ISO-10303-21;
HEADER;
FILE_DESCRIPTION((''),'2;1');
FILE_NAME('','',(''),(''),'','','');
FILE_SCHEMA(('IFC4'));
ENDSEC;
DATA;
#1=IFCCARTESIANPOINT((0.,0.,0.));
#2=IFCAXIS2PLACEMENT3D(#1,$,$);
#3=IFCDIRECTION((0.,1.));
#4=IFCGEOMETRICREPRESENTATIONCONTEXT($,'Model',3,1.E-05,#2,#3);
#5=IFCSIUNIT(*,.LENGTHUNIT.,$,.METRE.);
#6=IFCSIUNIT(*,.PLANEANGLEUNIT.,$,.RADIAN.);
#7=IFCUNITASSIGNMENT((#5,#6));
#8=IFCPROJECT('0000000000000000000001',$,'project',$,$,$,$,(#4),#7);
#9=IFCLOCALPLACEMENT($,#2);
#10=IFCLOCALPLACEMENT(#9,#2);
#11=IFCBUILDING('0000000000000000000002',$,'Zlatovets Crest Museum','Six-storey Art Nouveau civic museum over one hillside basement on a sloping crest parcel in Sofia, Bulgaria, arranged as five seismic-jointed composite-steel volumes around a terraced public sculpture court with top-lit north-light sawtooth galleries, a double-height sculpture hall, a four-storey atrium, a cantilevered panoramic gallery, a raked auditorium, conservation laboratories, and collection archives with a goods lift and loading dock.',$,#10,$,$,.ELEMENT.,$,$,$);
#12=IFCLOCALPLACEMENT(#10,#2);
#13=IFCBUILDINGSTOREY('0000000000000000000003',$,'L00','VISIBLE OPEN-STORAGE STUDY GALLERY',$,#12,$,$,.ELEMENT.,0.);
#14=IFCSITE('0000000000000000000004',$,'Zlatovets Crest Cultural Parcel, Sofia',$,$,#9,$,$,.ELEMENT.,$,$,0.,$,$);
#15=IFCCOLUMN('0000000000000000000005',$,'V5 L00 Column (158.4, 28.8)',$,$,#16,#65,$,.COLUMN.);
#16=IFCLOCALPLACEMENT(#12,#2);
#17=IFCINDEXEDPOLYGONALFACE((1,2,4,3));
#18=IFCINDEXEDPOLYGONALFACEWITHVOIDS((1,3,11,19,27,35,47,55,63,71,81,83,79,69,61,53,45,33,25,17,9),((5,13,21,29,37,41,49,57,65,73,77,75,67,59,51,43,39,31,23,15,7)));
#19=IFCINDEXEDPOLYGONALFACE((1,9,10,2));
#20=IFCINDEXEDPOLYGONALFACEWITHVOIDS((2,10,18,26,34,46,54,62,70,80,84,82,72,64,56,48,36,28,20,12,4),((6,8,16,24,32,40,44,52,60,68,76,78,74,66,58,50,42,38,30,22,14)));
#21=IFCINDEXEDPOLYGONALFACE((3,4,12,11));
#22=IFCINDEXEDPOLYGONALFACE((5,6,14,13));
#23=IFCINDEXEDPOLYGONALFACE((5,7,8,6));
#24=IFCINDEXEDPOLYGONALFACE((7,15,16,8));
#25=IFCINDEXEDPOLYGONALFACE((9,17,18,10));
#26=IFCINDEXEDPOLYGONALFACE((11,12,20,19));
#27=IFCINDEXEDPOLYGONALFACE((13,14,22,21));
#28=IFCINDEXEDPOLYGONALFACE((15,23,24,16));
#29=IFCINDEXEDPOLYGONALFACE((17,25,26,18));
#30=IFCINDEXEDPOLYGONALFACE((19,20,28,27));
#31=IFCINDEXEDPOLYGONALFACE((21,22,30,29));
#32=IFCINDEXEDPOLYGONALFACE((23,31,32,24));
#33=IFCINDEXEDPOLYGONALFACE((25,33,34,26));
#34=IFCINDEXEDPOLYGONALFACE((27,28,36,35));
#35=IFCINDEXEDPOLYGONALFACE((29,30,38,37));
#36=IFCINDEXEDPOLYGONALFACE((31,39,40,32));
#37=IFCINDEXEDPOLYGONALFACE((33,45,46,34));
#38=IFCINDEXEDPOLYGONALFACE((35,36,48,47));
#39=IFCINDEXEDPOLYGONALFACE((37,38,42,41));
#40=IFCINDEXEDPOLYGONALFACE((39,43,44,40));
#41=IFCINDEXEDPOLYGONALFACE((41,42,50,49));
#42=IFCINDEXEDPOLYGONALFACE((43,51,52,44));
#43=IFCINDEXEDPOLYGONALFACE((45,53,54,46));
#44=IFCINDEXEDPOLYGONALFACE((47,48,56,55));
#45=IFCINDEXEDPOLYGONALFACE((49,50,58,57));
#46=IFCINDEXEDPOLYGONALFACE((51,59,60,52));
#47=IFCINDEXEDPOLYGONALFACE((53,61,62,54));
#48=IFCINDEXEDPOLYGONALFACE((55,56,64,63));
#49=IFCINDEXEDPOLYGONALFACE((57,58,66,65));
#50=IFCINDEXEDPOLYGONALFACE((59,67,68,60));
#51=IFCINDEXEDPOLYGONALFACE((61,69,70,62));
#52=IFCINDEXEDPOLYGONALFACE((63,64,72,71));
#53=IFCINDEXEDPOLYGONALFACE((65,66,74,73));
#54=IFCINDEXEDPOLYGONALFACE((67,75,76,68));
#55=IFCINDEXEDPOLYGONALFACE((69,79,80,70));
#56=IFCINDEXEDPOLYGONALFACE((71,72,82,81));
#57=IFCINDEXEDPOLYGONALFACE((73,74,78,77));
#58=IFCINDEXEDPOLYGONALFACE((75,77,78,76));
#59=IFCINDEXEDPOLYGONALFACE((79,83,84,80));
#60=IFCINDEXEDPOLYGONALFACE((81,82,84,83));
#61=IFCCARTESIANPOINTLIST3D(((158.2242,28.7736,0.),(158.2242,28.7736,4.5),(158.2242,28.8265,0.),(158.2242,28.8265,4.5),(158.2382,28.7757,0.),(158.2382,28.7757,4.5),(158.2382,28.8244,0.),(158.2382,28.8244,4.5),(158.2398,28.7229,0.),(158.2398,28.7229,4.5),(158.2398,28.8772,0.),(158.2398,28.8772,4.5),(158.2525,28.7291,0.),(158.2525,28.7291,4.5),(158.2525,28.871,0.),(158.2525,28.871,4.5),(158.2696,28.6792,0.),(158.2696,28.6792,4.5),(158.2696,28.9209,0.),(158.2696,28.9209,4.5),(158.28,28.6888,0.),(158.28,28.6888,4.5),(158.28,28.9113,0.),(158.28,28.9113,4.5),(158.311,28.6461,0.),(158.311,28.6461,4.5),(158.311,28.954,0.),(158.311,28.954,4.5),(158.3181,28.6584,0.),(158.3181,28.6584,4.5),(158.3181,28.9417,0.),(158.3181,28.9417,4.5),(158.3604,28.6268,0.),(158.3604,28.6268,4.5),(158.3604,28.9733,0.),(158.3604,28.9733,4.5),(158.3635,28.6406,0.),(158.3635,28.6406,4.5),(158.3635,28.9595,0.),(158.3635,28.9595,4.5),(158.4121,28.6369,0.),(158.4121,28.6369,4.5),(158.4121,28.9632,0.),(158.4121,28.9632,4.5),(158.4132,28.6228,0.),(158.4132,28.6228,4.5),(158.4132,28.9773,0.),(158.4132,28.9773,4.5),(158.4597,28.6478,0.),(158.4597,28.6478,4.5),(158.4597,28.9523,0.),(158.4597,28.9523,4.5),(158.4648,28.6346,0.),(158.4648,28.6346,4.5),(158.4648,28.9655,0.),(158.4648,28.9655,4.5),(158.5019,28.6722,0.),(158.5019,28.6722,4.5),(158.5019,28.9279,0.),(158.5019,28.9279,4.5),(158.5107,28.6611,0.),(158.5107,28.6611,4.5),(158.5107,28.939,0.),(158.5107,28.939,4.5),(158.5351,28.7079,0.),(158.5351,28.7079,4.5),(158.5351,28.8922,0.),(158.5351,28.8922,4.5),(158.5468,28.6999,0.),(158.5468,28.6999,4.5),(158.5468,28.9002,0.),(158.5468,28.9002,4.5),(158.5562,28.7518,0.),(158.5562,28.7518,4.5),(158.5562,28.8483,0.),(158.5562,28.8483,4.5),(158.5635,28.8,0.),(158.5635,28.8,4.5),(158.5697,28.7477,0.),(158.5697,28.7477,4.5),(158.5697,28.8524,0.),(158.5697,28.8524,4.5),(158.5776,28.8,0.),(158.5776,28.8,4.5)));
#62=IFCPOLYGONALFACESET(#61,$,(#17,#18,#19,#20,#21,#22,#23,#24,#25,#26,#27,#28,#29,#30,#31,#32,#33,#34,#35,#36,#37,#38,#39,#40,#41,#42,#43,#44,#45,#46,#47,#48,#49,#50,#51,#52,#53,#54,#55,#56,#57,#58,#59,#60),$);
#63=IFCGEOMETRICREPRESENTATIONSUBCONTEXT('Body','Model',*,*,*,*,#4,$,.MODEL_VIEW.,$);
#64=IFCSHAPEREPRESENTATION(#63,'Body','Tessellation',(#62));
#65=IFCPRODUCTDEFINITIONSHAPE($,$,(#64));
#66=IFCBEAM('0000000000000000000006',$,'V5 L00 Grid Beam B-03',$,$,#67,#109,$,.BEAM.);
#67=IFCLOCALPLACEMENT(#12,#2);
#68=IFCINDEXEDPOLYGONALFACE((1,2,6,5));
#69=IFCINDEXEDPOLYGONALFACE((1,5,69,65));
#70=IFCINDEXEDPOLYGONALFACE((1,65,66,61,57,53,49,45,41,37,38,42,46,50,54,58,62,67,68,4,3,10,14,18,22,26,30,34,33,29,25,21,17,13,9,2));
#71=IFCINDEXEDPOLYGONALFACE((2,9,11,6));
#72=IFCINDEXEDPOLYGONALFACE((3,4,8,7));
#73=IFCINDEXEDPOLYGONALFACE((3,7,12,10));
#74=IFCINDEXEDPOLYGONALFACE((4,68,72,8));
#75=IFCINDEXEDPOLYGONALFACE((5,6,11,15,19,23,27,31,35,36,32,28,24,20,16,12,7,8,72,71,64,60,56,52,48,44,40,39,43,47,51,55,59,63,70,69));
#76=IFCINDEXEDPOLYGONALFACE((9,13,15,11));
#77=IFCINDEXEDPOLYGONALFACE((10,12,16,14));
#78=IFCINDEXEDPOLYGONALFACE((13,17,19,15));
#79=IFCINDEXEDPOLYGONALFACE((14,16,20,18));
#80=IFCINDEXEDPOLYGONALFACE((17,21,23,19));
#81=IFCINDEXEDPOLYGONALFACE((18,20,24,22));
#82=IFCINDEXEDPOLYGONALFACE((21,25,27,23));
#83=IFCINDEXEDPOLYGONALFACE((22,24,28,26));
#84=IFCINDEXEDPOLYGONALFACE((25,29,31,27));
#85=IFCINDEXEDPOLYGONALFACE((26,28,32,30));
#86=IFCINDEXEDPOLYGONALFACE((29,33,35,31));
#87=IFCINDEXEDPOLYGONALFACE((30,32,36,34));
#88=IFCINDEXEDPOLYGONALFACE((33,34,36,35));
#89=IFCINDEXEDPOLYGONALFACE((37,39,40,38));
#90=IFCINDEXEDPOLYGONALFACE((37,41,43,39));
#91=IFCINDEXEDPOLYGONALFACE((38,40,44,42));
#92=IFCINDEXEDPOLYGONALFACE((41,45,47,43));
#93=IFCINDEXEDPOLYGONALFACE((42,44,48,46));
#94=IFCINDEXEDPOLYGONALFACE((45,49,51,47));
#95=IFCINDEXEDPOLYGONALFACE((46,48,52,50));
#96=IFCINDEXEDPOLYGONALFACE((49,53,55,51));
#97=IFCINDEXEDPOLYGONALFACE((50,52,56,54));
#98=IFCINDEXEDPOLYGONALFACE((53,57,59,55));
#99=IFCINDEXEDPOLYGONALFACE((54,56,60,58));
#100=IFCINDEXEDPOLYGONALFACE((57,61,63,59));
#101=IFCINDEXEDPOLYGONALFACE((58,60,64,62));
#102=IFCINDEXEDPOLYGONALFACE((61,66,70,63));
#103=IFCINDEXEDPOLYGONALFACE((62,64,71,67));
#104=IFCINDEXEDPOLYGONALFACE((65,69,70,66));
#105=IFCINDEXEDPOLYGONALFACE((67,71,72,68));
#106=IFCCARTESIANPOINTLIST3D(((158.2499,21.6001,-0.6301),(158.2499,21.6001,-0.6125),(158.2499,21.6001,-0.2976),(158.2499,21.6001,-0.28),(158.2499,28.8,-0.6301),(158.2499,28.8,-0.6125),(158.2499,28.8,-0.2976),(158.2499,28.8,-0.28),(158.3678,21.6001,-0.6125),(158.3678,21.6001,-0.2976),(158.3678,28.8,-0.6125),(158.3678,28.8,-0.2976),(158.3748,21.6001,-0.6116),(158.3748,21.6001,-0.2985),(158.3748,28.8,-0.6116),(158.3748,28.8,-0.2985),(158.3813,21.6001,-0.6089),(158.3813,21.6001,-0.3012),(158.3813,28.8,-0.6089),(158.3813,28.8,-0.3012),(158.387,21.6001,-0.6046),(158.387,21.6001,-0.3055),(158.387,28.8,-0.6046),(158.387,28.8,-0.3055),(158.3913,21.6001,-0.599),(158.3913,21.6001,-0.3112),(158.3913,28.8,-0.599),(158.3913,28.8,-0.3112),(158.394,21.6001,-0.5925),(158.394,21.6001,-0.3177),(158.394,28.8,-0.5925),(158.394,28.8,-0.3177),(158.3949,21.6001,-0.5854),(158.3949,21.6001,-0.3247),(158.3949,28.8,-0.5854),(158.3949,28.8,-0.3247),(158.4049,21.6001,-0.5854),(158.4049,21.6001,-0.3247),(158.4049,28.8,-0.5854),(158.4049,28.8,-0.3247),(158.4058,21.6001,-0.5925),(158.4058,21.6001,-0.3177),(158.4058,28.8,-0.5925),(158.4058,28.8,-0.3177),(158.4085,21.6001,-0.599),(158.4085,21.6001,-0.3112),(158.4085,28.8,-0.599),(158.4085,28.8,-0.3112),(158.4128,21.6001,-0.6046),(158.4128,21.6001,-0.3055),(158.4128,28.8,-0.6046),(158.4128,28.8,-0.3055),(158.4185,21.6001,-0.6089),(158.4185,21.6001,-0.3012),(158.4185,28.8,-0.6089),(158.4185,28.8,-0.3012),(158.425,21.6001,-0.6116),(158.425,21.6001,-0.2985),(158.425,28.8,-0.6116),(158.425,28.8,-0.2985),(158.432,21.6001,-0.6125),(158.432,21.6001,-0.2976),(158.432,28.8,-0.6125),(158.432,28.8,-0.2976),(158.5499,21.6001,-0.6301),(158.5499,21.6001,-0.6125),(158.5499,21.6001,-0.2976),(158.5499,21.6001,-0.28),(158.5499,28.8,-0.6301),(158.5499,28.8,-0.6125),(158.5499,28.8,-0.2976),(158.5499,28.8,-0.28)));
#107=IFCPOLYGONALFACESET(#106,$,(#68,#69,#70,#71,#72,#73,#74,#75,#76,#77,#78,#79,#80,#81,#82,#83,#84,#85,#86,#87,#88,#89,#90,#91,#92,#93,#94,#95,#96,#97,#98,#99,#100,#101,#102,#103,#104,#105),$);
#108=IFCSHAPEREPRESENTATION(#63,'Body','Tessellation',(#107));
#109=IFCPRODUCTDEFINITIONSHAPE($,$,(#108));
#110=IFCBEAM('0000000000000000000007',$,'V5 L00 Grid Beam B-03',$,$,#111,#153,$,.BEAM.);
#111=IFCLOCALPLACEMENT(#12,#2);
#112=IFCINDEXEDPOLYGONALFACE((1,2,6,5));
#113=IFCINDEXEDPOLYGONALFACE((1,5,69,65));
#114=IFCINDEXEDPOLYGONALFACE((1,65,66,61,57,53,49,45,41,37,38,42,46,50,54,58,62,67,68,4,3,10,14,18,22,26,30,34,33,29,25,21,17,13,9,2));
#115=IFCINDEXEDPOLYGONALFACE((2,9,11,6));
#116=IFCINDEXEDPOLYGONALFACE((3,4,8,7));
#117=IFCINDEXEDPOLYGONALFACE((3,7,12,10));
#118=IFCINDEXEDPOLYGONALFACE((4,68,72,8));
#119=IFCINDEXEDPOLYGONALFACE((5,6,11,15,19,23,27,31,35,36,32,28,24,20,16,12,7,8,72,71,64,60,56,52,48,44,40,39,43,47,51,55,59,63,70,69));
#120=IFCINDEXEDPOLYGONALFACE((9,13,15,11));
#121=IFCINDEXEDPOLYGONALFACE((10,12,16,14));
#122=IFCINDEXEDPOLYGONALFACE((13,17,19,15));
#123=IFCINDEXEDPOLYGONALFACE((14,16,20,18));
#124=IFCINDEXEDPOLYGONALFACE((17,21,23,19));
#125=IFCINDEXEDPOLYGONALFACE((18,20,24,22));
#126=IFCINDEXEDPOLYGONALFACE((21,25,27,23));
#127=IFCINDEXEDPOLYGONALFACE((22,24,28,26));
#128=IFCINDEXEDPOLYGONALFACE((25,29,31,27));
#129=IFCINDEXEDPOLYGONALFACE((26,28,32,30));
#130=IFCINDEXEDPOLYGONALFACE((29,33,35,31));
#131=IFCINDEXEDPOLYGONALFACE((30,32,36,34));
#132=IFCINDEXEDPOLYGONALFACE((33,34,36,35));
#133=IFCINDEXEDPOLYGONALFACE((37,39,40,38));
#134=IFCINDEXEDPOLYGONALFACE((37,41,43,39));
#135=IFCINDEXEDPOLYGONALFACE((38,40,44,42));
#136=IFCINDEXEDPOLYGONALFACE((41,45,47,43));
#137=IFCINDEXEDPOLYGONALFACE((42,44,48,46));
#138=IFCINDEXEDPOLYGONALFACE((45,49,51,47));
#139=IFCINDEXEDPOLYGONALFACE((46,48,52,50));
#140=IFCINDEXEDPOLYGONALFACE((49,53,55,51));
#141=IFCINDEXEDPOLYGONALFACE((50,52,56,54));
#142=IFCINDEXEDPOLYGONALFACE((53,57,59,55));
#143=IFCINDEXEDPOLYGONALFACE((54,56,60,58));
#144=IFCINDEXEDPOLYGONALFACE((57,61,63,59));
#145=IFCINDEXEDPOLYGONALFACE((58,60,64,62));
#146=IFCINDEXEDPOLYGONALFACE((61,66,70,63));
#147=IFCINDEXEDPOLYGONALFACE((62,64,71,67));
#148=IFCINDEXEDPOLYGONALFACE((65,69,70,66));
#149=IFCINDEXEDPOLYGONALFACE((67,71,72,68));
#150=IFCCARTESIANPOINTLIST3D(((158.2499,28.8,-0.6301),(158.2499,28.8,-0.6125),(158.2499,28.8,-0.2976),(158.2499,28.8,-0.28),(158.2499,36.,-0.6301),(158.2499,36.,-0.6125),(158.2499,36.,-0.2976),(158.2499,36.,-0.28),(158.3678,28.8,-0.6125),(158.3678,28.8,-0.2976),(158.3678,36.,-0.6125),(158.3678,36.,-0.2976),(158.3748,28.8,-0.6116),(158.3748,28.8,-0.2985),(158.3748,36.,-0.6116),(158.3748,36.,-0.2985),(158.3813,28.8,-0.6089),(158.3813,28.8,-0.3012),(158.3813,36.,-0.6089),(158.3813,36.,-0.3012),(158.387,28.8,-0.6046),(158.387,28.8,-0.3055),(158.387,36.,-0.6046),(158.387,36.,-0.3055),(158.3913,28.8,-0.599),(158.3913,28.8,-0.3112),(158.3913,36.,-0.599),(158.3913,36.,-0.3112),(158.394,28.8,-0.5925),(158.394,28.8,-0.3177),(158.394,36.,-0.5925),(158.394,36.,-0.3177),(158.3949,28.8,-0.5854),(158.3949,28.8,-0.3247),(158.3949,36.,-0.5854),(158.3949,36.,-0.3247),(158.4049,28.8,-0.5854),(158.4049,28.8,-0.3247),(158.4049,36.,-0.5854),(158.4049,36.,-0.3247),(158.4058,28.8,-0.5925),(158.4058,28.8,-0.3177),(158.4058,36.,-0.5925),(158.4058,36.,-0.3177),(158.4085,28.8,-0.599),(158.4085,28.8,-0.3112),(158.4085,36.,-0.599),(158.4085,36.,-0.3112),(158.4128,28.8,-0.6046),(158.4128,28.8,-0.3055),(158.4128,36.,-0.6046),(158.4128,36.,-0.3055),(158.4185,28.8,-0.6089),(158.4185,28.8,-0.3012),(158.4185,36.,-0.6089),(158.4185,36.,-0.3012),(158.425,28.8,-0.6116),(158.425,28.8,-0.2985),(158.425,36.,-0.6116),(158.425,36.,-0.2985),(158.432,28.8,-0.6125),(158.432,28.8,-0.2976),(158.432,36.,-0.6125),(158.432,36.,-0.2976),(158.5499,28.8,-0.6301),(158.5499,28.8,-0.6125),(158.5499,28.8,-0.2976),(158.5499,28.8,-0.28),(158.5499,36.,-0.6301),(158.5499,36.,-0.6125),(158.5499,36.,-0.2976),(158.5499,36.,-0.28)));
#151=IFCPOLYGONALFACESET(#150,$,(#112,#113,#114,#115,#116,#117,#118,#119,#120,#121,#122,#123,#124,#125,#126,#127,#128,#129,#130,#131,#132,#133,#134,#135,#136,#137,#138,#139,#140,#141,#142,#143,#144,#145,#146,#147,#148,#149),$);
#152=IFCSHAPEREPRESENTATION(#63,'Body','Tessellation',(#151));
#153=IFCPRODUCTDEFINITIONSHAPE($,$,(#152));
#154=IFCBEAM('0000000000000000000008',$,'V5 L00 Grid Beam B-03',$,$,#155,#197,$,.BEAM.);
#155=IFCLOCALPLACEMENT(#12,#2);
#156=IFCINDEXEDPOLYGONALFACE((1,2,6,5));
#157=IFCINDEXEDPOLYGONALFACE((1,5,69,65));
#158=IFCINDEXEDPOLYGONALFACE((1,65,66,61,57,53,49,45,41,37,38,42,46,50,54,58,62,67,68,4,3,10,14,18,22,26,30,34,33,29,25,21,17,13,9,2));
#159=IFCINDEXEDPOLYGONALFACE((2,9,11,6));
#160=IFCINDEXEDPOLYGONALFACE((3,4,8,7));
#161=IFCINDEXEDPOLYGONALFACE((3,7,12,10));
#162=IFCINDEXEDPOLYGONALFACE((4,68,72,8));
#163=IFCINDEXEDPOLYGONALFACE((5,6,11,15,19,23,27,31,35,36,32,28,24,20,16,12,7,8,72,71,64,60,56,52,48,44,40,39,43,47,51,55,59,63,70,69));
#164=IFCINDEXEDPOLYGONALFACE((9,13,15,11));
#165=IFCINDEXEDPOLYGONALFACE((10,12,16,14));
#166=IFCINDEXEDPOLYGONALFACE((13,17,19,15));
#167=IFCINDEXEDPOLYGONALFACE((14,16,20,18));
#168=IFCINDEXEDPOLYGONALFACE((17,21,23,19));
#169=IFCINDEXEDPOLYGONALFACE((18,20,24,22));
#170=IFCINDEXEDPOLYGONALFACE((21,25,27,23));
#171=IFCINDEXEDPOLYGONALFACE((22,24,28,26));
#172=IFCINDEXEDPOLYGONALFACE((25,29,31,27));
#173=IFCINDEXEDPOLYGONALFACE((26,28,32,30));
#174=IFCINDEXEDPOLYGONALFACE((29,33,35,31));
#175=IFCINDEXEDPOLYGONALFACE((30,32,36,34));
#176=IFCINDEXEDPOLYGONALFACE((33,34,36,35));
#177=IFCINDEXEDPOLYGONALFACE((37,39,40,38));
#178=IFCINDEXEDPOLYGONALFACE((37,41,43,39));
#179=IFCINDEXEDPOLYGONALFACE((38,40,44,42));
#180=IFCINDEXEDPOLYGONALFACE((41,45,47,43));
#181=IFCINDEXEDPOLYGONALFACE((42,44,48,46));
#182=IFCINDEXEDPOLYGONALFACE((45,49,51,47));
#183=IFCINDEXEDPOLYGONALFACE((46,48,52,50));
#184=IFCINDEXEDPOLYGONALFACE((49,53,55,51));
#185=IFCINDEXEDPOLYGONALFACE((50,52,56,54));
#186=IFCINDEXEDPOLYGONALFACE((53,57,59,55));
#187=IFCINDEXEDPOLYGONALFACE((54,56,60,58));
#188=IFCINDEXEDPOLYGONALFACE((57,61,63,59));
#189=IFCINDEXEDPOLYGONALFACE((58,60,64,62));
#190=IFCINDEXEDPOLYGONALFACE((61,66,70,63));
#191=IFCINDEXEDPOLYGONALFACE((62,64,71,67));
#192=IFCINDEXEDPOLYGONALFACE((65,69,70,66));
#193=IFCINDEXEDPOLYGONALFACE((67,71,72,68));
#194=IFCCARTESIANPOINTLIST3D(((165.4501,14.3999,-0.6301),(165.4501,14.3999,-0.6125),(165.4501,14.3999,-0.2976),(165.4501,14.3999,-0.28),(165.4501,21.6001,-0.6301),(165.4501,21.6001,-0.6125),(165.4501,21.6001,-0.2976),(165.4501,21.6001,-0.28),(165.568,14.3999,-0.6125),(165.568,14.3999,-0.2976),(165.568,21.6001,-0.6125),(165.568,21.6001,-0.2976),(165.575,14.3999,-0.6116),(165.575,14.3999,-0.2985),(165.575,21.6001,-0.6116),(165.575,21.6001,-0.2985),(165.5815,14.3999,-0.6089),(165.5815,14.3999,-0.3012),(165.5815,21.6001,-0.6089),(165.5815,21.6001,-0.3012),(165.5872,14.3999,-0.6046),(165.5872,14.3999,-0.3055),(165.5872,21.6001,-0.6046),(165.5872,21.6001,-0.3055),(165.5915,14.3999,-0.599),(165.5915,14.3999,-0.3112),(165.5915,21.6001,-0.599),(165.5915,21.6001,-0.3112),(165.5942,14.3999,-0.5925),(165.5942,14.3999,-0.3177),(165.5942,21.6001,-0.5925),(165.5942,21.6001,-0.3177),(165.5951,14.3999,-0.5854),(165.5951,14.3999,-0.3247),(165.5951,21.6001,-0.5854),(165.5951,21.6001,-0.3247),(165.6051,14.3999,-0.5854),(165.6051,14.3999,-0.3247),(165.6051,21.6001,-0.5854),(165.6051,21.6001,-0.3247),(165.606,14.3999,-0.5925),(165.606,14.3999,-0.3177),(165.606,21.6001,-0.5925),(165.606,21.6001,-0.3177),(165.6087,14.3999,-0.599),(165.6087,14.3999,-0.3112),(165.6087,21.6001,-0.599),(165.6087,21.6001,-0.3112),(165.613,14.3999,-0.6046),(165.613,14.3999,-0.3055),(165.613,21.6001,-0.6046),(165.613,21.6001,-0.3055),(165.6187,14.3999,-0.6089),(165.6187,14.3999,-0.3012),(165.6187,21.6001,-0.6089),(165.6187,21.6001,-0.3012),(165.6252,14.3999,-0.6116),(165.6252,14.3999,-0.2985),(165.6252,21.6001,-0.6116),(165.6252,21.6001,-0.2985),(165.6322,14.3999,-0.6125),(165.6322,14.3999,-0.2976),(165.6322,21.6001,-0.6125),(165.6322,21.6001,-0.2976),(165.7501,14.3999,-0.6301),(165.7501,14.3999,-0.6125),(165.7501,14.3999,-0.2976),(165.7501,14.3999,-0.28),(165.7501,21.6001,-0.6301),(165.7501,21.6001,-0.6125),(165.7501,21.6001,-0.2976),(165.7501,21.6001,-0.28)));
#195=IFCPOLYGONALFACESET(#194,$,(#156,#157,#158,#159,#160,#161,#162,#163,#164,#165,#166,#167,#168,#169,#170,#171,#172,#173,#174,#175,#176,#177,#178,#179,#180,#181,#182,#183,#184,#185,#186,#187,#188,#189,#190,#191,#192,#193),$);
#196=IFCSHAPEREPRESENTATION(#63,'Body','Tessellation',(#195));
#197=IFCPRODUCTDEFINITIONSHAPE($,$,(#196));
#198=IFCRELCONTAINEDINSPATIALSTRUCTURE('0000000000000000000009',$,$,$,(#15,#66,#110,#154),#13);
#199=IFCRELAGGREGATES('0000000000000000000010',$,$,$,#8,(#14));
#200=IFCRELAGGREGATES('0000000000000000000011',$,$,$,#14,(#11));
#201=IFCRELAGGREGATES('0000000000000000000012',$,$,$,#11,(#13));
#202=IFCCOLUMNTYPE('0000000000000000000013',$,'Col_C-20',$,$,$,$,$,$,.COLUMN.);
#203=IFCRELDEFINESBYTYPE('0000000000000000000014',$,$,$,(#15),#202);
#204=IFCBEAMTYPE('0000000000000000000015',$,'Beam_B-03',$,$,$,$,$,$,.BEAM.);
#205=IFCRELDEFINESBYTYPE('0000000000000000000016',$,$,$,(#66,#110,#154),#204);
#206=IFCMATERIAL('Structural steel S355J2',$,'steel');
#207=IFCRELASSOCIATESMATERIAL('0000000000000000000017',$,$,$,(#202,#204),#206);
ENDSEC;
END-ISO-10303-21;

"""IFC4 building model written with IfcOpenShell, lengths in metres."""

from ifc_helpers import new_model, si_unit, direction, frame, origin, origin_2d, place, context, subcontext, project, spatial, hollow_circle, i_section, extrude, material, material_profile, profile_set, type_object, element, save


model = new_model("IFC4")

# Units and contexts
model_context = context("Model", 3, precision=1e-05, world=origin(), true_north=direction((0.0, 1.0)))
body_context = subcontext(model_context, "Body", "Model", "MODEL_VIEW")
ifc_project = project(units=[si_unit("LENGTHUNIT", "METRE"), si_unit("PLANEANGLEUNIT", "RADIAN")], contexts=[model_context])

# Site, building, storey
site_placement = place(None, origin())
site = spatial("IfcSite", under=ifc_project, at=site_placement, Name="Zlatovets Crest Cultural Parcel, Sofia", CompositionType="ELEMENT", RefElevation=0.0)
building_placement = place(site_placement, origin())
building = spatial("IfcBuilding", under=site, at=building_placement, Name="Zlatovets Crest Museum", Description="Six-storey Art Nouveau civic museum over one hillside basement on a sloping crest parcel in Sofia, Bulgaria, arranged as five seismic-jointed composite-steel volumes around a terraced public sculpture court with top-lit north-light sawtooth galleries, a double-height sculpture hall, a four-storey atrium, a cantilevered panoramic gallery, a raked auditorium, conservation laboratories, and collection archives with a goods lift and loading dock.", CompositionType="ELEMENT")
storey_placement = place(building_placement, origin())
storey = spatial("IfcBuildingStorey", under=building, at=storey_placement, Name="L00", Description="VISIBLE OPEN-STORAGE STUDY GALLERY", CompositionType="ELEMENT", Elevation=0.0)

# Column
ifc_material_1 = material(Name="Structural steel S355J2", Category="steel")
ifc_material_profile_1 = material_profile(ifc_material_1, hollow_circle(Radius=0.1777, WallThickness=0.0142, at=origin_2d()), Name="CHS 355.6x14.2")
ifc_profile_set_1 = profile_set([ifc_material_profile_1], Name="Structural steel S355J2")
column_type_1 = type_object("IfcColumnType", Name="Col_C-20", PredefinedType="COLUMN", material=ifc_profile_set_1)
for number, where, z_axis, x_axis, name in (
    (1, (158.3999, 28.8, 0.0), (0.0, 0.0, 1.0), (1.0, 0.0, 0.0), "V5 L00 Column (158.4, 28.8)"),
):
    element("IfcColumn", number, at=place(storey_placement, frame(where, z_axis=z_axis, x_axis=x_axis)), inside=storey, type_object=column_type_1, Name=name, PredefinedType="COLUMN", context=body_context, shape_type="SweptSolid", body=[
        extrude(hollow_circle(Radius=0.1777, WallThickness=0.0142, at=origin_2d()), origin(), (0.0, 0.0, 1.0), 4.5),
    ])

# Beams
ifc_material_profile_2 = material_profile(ifc_material_1, i_section(OverallWidth=0.3, OverallDepth=0.3501, WebThickness=0.01, FlangeThickness=0.0176, FilletRadius=0.0271, at=origin_2d()), Name="HEA 360")
ifc_profile_set_2 = profile_set([ifc_material_profile_2], Name="Structural steel S355J2")
beam_type_1 = type_object("IfcBeamType", Name="Beam_B-03", PredefinedType="BEAM", material=ifc_profile_set_2)
for number, where, z_axis, x_axis, name in (
    (2, (158.3999, 21.6001, -0.4551), (0.0, 1.0, 0.0), (-1.0, 0.0, 0.0), "V5 L00 Grid Beam B-03"),
    (3, (158.3999, 28.8, -0.4551), (0.0, 1.0, 0.0), (-1.0, 0.0, 0.0), "V5 L00 Grid Beam B-03"),
):
    element("IfcBeam", number, at=place(storey_placement, frame(where, z_axis=z_axis, x_axis=x_axis)), inside=storey, type_object=beam_type_1, Name=name, PredefinedType="BEAM", context=body_context, shape_type="SweptSolid", body=[
        extrude(i_section(OverallWidth=0.3, OverallDepth=0.3501, WebThickness=0.01, FlangeThickness=0.0176, FilletRadius=0.0271, at=origin_2d()), origin(), (0.0, 0.0, 1.0), 7.2),
    ])
beam_1_placement = place(storey_placement, frame((165.6001, 14.3999, -0.4551), z_axis=(0.0, 1.0, 0.0), x_axis=(-1.0, 0.0, 0.0)))
element("IfcBeam", 4, at=beam_1_placement, inside=storey, type_object=beam_type_1, Name="V5 L00 Grid Beam B-03", PredefinedType="BEAM", context=body_context, shape_type="SweptSolid", body=[
    extrude(i_section(OverallWidth=0.3, OverallDepth=0.3501, WebThickness=0.01, FlangeThickness=0.0176, FilletRadius=0.0271, at=origin_2d()), origin(), (0.0, 0.0, 1.0), 7.2002),
])

save(model, "model.ifc")
